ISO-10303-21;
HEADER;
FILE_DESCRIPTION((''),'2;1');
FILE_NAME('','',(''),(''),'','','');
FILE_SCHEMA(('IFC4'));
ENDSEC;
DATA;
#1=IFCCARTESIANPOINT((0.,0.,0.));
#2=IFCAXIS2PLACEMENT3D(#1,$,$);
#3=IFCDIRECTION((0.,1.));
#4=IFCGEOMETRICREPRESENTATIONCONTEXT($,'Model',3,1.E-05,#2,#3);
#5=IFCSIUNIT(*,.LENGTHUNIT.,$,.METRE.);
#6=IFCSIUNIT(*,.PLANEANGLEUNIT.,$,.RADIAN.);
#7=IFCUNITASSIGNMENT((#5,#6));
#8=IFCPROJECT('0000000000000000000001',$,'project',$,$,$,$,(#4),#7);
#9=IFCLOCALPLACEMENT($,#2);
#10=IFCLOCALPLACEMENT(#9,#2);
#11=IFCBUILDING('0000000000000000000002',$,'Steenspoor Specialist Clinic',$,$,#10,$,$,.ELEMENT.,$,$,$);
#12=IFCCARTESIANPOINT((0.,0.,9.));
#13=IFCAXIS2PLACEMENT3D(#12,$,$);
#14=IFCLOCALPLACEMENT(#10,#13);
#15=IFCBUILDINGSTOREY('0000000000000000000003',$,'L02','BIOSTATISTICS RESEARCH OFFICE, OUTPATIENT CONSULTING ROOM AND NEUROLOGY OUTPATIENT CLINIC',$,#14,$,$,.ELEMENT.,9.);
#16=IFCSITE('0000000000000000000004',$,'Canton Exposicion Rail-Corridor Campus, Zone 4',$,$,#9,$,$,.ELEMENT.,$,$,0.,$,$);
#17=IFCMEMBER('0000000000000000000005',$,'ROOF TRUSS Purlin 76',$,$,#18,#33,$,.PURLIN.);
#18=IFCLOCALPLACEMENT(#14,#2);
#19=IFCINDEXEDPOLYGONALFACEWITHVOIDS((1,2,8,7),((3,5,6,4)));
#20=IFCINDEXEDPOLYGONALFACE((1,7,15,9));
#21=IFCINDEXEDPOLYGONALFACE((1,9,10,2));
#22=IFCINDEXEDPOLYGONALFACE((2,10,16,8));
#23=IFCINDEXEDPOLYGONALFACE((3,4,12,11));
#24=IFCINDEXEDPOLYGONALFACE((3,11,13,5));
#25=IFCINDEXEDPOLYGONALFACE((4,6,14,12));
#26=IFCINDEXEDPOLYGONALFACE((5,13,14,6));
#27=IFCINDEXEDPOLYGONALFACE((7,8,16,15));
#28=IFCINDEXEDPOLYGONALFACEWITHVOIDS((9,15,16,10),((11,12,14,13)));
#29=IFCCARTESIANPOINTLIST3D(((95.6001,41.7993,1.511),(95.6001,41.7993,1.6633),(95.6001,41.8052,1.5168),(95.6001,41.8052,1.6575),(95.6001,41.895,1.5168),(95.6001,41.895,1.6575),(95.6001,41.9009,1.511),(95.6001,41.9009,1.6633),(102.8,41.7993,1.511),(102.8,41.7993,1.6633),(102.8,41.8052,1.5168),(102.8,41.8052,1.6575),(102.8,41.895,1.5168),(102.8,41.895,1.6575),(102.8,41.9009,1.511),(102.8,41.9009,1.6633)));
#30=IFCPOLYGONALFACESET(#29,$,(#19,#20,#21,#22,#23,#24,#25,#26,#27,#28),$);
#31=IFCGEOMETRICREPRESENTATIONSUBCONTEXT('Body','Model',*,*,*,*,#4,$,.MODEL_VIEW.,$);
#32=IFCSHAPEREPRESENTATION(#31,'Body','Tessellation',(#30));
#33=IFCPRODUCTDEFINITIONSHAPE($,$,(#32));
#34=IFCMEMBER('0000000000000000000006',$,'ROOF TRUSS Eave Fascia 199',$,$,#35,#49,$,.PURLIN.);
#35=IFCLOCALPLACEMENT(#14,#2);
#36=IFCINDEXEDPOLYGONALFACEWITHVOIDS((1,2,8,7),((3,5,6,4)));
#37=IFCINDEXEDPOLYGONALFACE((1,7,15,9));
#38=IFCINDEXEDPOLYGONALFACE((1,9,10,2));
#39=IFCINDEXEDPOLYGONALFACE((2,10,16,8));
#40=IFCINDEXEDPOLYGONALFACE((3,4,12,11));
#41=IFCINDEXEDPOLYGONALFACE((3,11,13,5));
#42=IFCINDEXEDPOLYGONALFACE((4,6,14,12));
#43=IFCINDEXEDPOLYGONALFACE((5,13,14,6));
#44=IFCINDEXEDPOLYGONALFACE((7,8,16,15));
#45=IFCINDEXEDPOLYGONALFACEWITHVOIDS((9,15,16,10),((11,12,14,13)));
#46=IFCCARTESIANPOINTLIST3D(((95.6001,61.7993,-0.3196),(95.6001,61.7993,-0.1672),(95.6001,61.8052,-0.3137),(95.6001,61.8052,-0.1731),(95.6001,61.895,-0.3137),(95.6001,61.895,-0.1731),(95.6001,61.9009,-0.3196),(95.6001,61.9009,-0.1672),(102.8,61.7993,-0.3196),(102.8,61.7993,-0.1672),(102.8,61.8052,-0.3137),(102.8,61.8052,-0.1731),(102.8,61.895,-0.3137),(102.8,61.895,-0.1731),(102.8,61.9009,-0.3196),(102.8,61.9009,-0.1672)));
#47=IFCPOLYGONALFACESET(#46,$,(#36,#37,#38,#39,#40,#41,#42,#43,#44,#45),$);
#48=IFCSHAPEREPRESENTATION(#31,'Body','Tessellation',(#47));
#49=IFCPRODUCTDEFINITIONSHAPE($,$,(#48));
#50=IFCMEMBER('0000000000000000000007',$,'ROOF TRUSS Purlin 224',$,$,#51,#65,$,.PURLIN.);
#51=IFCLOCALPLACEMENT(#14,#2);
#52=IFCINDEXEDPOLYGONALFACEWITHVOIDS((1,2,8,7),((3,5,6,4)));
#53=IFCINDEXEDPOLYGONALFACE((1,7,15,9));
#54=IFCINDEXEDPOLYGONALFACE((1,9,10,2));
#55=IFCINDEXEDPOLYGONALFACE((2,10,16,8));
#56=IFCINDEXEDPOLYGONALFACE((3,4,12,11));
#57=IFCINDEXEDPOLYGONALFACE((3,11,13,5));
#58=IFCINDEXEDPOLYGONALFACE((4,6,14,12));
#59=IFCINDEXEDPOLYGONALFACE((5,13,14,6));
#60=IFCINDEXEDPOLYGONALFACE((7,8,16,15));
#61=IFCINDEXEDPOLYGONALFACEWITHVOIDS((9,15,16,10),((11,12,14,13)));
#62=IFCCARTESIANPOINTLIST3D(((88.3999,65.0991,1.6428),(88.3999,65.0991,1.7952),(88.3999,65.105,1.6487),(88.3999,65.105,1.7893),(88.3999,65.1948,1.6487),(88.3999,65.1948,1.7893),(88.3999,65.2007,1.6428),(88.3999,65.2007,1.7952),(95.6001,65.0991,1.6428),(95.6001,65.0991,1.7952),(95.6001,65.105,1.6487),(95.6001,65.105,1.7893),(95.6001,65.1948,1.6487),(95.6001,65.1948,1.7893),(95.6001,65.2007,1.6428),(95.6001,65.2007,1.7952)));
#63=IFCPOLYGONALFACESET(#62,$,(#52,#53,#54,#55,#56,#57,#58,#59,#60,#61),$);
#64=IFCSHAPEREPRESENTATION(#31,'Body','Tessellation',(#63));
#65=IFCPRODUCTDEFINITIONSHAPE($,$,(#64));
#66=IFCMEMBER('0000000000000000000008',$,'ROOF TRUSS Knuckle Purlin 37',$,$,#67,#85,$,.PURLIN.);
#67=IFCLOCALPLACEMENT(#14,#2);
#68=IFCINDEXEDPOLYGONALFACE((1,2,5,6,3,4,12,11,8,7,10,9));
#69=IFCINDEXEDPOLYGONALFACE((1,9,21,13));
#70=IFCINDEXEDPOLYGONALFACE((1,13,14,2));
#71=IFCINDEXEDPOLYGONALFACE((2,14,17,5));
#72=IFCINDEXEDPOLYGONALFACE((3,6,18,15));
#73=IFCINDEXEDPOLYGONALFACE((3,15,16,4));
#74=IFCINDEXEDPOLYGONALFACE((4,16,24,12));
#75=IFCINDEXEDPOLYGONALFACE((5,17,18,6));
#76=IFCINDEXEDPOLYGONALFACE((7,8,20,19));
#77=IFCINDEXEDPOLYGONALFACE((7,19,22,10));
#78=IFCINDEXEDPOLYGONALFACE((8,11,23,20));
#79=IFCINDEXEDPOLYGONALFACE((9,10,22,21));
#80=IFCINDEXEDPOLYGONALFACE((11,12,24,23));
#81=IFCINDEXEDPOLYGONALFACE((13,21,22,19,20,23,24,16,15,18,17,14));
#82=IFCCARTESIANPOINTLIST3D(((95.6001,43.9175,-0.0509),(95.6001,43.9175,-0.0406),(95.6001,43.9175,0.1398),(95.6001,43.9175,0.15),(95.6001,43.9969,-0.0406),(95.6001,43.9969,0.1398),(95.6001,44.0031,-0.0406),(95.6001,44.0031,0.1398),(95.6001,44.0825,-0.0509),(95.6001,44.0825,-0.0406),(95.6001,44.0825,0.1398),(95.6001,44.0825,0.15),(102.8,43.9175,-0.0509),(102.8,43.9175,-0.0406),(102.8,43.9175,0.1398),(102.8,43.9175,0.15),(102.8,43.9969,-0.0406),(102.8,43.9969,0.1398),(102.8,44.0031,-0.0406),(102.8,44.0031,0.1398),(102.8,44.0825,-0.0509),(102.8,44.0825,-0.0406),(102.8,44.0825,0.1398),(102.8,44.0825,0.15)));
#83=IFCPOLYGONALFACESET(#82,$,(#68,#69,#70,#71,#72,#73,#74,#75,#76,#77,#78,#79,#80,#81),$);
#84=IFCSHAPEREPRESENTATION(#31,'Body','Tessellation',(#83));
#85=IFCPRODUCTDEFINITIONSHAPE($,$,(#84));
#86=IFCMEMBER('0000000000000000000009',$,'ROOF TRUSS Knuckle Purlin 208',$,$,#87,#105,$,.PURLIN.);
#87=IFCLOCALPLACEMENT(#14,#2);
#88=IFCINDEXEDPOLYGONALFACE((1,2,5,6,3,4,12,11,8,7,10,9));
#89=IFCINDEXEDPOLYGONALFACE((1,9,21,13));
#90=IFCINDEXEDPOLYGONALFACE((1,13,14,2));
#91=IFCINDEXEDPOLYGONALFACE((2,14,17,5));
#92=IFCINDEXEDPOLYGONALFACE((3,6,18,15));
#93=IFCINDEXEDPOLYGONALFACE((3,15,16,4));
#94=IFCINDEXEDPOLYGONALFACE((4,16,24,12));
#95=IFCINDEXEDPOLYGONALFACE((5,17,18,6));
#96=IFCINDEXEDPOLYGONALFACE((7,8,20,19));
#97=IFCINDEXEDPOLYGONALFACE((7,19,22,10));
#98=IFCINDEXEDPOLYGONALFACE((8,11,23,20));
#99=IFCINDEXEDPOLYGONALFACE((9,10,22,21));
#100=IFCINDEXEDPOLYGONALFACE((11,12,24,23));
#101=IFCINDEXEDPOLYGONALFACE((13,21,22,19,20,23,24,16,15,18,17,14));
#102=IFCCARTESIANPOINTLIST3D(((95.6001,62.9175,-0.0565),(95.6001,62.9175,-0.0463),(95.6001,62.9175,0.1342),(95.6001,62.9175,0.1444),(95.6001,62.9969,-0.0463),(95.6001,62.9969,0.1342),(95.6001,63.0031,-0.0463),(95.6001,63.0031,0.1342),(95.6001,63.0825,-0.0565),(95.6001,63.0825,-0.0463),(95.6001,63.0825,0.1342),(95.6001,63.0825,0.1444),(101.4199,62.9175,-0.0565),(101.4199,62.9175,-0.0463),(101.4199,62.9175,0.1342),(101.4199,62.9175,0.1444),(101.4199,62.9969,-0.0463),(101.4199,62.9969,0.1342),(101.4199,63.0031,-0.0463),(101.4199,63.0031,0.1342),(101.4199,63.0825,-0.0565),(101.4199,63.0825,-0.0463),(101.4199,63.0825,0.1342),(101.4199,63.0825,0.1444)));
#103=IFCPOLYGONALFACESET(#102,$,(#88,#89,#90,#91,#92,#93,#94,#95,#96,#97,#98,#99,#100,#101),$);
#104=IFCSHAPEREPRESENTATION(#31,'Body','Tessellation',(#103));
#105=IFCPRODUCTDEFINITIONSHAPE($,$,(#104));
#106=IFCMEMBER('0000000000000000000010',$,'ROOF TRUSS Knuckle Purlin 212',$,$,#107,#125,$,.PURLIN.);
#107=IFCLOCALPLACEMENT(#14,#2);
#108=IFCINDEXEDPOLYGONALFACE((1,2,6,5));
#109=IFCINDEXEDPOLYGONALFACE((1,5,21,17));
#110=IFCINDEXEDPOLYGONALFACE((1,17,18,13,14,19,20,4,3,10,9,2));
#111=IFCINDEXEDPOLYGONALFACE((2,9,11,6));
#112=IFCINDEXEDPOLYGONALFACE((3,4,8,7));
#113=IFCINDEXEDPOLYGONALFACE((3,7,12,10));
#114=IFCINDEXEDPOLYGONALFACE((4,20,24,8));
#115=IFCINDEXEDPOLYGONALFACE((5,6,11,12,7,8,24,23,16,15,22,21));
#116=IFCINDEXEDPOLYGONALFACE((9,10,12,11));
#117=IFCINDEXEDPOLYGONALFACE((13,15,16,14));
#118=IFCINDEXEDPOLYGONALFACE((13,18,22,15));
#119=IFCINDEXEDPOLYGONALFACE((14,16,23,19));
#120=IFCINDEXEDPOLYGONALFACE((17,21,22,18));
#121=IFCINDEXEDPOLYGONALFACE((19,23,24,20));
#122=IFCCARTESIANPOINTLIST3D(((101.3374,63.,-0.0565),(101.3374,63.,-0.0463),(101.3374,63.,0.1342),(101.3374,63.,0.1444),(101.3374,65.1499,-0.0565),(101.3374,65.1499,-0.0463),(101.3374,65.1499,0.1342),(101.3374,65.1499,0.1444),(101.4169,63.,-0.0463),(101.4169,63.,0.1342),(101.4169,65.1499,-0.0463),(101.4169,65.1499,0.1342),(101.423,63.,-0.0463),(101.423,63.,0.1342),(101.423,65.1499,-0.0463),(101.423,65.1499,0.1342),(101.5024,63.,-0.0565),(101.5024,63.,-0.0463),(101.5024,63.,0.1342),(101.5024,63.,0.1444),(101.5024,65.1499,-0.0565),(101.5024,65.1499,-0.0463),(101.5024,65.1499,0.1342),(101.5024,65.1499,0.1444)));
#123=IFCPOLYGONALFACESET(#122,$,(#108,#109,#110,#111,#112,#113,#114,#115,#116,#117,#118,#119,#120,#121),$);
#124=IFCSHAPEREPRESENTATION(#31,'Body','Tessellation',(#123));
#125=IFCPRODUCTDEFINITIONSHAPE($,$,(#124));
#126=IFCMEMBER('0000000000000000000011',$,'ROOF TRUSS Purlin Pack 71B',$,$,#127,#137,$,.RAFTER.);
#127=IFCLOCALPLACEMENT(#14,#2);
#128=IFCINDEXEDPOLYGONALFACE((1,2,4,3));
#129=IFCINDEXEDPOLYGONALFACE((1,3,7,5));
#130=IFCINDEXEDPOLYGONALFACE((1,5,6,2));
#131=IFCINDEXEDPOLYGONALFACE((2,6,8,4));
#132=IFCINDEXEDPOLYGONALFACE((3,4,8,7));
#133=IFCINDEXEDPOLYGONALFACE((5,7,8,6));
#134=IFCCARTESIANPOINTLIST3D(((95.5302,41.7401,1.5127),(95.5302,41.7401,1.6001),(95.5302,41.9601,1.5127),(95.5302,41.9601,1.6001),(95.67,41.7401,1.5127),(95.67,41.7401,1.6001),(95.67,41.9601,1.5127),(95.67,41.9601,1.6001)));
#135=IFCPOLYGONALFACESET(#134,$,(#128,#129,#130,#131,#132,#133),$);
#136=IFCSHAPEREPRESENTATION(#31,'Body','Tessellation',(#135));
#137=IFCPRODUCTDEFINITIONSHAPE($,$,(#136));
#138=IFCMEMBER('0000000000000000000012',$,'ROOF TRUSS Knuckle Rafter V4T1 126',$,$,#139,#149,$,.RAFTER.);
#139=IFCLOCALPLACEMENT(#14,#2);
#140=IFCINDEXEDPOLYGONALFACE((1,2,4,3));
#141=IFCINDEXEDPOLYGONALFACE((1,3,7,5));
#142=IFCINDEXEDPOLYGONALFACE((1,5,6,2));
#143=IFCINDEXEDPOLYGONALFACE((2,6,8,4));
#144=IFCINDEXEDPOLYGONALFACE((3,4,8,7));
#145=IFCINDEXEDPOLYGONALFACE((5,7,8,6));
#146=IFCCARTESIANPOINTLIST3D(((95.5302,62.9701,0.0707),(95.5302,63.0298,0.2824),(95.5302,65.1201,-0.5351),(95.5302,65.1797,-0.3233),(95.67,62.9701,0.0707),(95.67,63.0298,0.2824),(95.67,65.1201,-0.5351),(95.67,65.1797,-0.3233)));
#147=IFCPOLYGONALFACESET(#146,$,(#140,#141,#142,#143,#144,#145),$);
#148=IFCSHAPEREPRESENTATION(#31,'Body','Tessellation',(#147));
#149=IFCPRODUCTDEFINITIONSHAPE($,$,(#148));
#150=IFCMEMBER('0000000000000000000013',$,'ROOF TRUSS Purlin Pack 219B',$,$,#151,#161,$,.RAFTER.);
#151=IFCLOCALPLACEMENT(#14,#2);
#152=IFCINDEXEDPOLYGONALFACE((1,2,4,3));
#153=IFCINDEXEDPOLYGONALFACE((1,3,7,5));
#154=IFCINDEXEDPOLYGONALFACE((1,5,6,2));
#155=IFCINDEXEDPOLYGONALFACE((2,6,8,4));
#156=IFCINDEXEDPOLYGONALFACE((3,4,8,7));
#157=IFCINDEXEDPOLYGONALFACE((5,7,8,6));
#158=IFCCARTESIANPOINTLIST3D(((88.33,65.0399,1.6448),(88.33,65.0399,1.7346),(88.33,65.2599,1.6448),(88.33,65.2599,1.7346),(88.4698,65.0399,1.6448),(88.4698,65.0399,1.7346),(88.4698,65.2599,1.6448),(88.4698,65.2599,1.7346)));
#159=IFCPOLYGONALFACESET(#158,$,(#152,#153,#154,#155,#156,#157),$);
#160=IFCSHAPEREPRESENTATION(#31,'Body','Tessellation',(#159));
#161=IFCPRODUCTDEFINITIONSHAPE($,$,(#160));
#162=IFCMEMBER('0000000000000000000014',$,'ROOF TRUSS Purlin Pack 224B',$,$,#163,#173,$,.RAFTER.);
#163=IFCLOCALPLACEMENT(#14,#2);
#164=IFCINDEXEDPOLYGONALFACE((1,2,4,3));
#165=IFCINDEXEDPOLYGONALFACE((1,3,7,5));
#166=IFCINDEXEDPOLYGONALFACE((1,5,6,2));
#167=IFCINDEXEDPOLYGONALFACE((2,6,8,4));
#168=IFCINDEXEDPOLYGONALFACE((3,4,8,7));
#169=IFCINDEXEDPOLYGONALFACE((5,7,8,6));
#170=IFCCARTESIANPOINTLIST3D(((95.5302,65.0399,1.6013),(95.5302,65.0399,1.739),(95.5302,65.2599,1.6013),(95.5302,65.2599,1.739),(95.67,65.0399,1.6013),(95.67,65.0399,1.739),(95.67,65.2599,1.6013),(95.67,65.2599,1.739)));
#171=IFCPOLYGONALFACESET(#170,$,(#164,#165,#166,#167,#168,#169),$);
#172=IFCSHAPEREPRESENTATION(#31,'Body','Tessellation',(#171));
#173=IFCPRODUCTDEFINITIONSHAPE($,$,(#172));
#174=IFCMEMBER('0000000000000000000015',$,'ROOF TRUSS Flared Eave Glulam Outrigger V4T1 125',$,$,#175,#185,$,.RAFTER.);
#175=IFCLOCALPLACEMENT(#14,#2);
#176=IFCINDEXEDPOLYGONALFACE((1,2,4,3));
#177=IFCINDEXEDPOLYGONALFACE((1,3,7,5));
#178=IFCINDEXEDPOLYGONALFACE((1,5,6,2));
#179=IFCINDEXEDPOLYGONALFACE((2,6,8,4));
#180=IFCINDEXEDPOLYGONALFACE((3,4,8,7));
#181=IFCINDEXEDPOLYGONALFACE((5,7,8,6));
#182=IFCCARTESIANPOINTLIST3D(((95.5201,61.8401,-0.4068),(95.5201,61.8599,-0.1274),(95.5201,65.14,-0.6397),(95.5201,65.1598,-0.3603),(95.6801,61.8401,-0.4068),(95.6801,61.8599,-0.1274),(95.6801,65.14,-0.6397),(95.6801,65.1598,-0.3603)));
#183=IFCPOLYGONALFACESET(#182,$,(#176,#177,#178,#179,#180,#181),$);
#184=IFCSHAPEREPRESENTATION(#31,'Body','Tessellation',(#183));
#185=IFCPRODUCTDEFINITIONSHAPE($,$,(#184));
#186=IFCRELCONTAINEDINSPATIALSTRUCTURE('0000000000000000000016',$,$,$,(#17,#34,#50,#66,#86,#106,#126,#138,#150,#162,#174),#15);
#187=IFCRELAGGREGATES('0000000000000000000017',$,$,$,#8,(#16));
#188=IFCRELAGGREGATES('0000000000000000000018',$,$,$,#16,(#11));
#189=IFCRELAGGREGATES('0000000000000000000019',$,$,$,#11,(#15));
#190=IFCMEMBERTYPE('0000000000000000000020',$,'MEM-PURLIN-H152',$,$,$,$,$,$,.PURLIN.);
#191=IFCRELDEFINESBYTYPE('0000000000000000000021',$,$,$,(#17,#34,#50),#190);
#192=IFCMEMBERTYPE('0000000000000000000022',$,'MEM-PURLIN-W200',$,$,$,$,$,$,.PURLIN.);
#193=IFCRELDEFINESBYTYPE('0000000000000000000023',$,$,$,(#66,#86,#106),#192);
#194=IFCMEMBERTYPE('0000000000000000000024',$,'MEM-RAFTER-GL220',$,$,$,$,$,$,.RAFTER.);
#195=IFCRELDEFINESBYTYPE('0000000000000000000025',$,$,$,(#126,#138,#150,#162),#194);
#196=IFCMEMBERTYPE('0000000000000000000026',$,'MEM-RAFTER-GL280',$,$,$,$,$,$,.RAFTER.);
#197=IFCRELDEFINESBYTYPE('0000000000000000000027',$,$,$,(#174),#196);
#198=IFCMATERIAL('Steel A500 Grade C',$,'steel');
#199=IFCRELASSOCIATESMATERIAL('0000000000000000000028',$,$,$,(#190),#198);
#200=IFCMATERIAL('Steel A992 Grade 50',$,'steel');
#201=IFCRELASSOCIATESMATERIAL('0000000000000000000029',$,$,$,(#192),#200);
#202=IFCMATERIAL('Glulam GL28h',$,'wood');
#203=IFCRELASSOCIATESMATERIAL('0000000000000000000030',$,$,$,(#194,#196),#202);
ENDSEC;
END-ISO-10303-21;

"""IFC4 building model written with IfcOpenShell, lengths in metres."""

from ifc_helpers import new_model, si_unit, direction, frame, origin, origin_2d, place, context, subcontext, project, spatial, rectangle, hollow_rectangle, i_section, extrude, material, material_profile, profile_set, type_object, element, save


model = new_model("IFC4")

# Units and contexts
model_context = context("Model", 3, precision=1e-05, world=origin(), true_north=direction((0.0, 1.0)))
body_context = subcontext(model_context, "Body", "Model", "MODEL_VIEW")
ifc_project = project(units=[si_unit("LENGTHUNIT", "METRE"), si_unit("PLANEANGLEUNIT", "RADIAN")], contexts=[model_context])

# Site, building, storey
site_placement = place(None, origin())
site = spatial("IfcSite", under=ifc_project, at=site_placement, Name="Canton Exposicion Rail-Corridor Campus, Zone 4", CompositionType="ELEMENT", RefElevation=0.0)
building_placement = place(site_placement, origin())
building = spatial("IfcBuilding", under=site, at=building_placement, Name="Steenspoor Specialist Clinic", CompositionType="ELEMENT")
storey_placement = place(building_placement, frame((0.0, 0.0, 9.0)))
storey = spatial("IfcBuildingStorey", under=building, at=storey_placement, Name="L02", Description="BIOSTATISTICS RESEARCH OFFICE, OUTPATIENT CONSULTING ROOM AND NEUROLOGY OUTPATIENT CLINIC", CompositionType="ELEMENT", Elevation=9.0)

# Shared definitions
ifc_material_1 = material(Name="Steel A992 Grade 50", Category="steel")

# Members
ifc_material_2 = material(Name="Steel A500 Grade C", Category="steel")
ifc_material_profile_1 = material_profile(ifc_material_2, hollow_rectangle(XDim=0.1016, YDim=0.1523, WallThickness=0.0059, at=origin_2d()), Name="HSS152X102X6.4")
ifc_profile_set_1 = profile_set([ifc_material_profile_1], Name="Steel A500 Grade C")
member_type_1 = type_object("IfcMemberType", Name="MEM-PURLIN-H152", PredefinedType="PURLIN", material=ifc_profile_set_1)
for number, where, z_axis, x_axis, name in (
    (1, (95.6001, 41.8501, 1.5872), (1.0, 0.0, 0.0), (0.0, 1.0, 0.0), "ROOF TRUSS Purlin 76"),
    (2, (95.6001, 61.8501, -0.2434), (1.0, 0.0, 0.0), (0.0, 1.0, 0.0), "ROOF TRUSS Eave Fascia 199"),
):
    element("IfcMember", number, at=place(storey_placement, frame(where, z_axis=z_axis, x_axis=x_axis)), inside=storey, type_object=member_type_1, Name=name, PredefinedType="PURLIN", context=body_context, shape_type="SweptSolid", body=[
        extrude(hollow_rectangle(XDim=0.1016, YDim=0.1523, WallThickness=0.0059, at=origin_2d()), origin(), (0.0, 0.0, 1.0), 7.2),
    ])
member_1_placement = place(storey_placement, frame((88.3999, 65.1499, 1.719), z_axis=(1.0, 0.0, 0.0), x_axis=(0.0, 1.0, 0.0)))
element("IfcMember", 3, at=member_1_placement, inside=storey, type_object=member_type_1, Name="ROOF TRUSS Purlin 224", PredefinedType="PURLIN", context=body_context, shape_type="SweptSolid", body=[
    extrude(hollow_rectangle(XDim=0.1016, YDim=0.1523, WallThickness=0.0059, at=origin_2d()), origin(), (0.0, 0.0, 1.0), 7.2002),
])
ifc_material_profile_2 = material_profile(ifc_material_1, i_section(OverallWidth=0.165, OverallDepth=0.2009, WebThickness=0.0061, FlangeThickness=0.0103, at=origin_2d()), Name="W200X36")
ifc_profile_set_2 = profile_set([ifc_material_profile_2], Name="Steel A992 Grade 50")
member_type_2 = type_object("IfcMemberType", Name="MEM-PURLIN-W200", PredefinedType="PURLIN", material=ifc_profile_set_2)
member_2_placement = place(storey_placement, frame((95.6001, 44.0, 0.0496), z_axis=(1.0, 0.0, 0.0), x_axis=(0.0, 1.0, 0.0)))
element("IfcMember", 4, at=member_2_placement, inside=storey, type_object=member_type_2, Name="ROOF TRUSS Knuckle Purlin 37", PredefinedType="PURLIN", context=body_context, shape_type="SweptSolid", body=[
    extrude(i_section(OverallWidth=0.165, OverallDepth=0.2009, WebThickness=0.0061, FlangeThickness=0.0103, at=origin_2d()), origin(), (0.0, 0.0, 1.0), 7.2),
])
member_3_placement = place(storey_placement, frame((95.6001, 63.0, 0.0439), z_axis=(1.0, 0.0, 0.0), x_axis=(0.0, 1.0, 0.0)))
element("IfcMember", 5, at=member_3_placement, inside=storey, type_object=member_type_2, Name="ROOF TRUSS Knuckle Purlin 208", PredefinedType="PURLIN", context=body_context, shape_type="SweptSolid", body=[
    extrude(i_section(OverallWidth=0.165, OverallDepth=0.2009, WebThickness=0.0061, FlangeThickness=0.0103, at=origin_2d()), origin(), (0.0, 0.0, 1.0), 5.8198),
])
member_4_placement = place(storey_placement, frame((101.4199, 63.0, 0.0439), z_axis=(0.0, 1.0, 0.0), x_axis=(-1.0, 0.0, 0.0)))
element("IfcMember", 6, at=member_4_placement, inside=storey, type_object=member_type_2, Name="ROOF TRUSS Knuckle Purlin 212", PredefinedType="PURLIN", context=body_context, shape_type="SweptSolid", body=[
    extrude(i_section(OverallWidth=0.165, OverallDepth=0.2009, WebThickness=0.0061, FlangeThickness=0.0103, at=origin_2d()), origin(), (0.0, 0.0, 1.0), 2.1499),
])
ifc_material_3 = material(Name="Glulam GL28h", Category="wood")
ifc_material_profile_3 = material_profile(ifc_material_3, rectangle(XDim=0.1399, YDim=0.22, at=origin_2d()), Name="GL28H-140X220")
ifc_profile_set_3 = profile_set([ifc_material_profile_3], Name="Glulam GL28h")
member_type_3 = type_object("IfcMemberType", Name="MEM-RAFTER-GL220", PredefinedType="RAFTER", material=ifc_profile_set_3)
member_5_placement = place(storey_placement, frame((95.6001, 41.8501, 1.5127), z_axis=(0.0, 0.0, 1.0), x_axis=(1.0, 0.0, 0.0)))
element("IfcMember", 7, at=member_5_placement, inside=storey, type_object=member_type_3, Name="ROOF TRUSS Purlin Pack 71B", PredefinedType="RAFTER", context=body_context, shape_type="SweptSolid", body=[
    extrude(rectangle(XDim=0.1399, YDim=0.22, at=origin_2d()), origin(), (0.0, 0.0, 1.0), 0.0874),
])
member_6_placement = place(storey_placement, frame((95.6001, 65.1499, -0.4292), z_axis=(0.0, -0.962528, 0.271182), x_axis=(1.0, 0.0, 0.0)))
element("IfcMember", 8, at=member_6_placement, inside=storey, type_object=member_type_3, Name="ROOF TRUSS Knuckle Rafter V4T1 126", PredefinedType="RAFTER", context=body_context, shape_type="SweptSolid", body=[
    extrude(rectangle(XDim=0.1399, YDim=0.22, at=origin_2d()), origin(), (0.0, 0.0, 1.0), 2.2336),
])
member_7_placement = place(storey_placement, frame((88.3999, 65.1499, 1.6448), z_axis=(0.0, 0.0, 1.0), x_axis=(1.0, 0.0, 0.0)))
element("IfcMember", 9, at=member_7_placement, inside=storey, type_object=member_type_3, Name="ROOF TRUSS Purlin Pack 219B", PredefinedType="RAFTER", context=body_context, shape_type="SweptSolid", body=[
    extrude(rectangle(XDim=0.1399, YDim=0.22, at=origin_2d()), origin(), (0.0, 0.0, 1.0), 0.0898),
])
member_8_placement = place(storey_placement, frame((95.6001, 65.1499, 1.6013), z_axis=(0.0, 0.0, 1.0), x_axis=(1.0, 0.0, 0.0)))
element("IfcMember", 10, at=member_8_placement, inside=storey, type_object=member_type_3, Name="ROOF TRUSS Purlin Pack 224B", PredefinedType="RAFTER", context=body_context, shape_type="SweptSolid", body=[
    extrude(rectangle(XDim=0.1399, YDim=0.22, at=origin_2d()), origin(), (0.0, 0.0, 1.0), 0.1377),
])
ifc_material_profile_4 = material_profile(ifc_material_3, rectangle(XDim=0.1599, YDim=0.28, at=origin_2d()), Name="GL28H-160X280")
ifc_profile_set_4 = profile_set([ifc_material_profile_4], Name="Glulam GL28h")
member_type_4 = type_object("IfcMemberType", Name="MEM-RAFTER-GL280", PredefinedType="RAFTER", material=ifc_profile_set_4)
member_9_placement = place(storey_placement, frame((95.6001, 65.1499, -0.5), z_axis=(0.0, -0.997518, 0.070408), x_axis=(1.0, 0.0, 0.0)))
element("IfcMember", 11, at=member_9_placement, inside=storey, type_object=member_type_4, Name="ROOF TRUSS Flared Eave Glulam Outrigger V4T1 125", PredefinedType="RAFTER", context=body_context, shape_type="SweptSolid", body=[
    extrude(rectangle(XDim=0.1599, YDim=0.28, at=origin_2d()), origin(), (0.0, 0.0, 1.0), 3.3081),
])

save(model, "model.ifc")
